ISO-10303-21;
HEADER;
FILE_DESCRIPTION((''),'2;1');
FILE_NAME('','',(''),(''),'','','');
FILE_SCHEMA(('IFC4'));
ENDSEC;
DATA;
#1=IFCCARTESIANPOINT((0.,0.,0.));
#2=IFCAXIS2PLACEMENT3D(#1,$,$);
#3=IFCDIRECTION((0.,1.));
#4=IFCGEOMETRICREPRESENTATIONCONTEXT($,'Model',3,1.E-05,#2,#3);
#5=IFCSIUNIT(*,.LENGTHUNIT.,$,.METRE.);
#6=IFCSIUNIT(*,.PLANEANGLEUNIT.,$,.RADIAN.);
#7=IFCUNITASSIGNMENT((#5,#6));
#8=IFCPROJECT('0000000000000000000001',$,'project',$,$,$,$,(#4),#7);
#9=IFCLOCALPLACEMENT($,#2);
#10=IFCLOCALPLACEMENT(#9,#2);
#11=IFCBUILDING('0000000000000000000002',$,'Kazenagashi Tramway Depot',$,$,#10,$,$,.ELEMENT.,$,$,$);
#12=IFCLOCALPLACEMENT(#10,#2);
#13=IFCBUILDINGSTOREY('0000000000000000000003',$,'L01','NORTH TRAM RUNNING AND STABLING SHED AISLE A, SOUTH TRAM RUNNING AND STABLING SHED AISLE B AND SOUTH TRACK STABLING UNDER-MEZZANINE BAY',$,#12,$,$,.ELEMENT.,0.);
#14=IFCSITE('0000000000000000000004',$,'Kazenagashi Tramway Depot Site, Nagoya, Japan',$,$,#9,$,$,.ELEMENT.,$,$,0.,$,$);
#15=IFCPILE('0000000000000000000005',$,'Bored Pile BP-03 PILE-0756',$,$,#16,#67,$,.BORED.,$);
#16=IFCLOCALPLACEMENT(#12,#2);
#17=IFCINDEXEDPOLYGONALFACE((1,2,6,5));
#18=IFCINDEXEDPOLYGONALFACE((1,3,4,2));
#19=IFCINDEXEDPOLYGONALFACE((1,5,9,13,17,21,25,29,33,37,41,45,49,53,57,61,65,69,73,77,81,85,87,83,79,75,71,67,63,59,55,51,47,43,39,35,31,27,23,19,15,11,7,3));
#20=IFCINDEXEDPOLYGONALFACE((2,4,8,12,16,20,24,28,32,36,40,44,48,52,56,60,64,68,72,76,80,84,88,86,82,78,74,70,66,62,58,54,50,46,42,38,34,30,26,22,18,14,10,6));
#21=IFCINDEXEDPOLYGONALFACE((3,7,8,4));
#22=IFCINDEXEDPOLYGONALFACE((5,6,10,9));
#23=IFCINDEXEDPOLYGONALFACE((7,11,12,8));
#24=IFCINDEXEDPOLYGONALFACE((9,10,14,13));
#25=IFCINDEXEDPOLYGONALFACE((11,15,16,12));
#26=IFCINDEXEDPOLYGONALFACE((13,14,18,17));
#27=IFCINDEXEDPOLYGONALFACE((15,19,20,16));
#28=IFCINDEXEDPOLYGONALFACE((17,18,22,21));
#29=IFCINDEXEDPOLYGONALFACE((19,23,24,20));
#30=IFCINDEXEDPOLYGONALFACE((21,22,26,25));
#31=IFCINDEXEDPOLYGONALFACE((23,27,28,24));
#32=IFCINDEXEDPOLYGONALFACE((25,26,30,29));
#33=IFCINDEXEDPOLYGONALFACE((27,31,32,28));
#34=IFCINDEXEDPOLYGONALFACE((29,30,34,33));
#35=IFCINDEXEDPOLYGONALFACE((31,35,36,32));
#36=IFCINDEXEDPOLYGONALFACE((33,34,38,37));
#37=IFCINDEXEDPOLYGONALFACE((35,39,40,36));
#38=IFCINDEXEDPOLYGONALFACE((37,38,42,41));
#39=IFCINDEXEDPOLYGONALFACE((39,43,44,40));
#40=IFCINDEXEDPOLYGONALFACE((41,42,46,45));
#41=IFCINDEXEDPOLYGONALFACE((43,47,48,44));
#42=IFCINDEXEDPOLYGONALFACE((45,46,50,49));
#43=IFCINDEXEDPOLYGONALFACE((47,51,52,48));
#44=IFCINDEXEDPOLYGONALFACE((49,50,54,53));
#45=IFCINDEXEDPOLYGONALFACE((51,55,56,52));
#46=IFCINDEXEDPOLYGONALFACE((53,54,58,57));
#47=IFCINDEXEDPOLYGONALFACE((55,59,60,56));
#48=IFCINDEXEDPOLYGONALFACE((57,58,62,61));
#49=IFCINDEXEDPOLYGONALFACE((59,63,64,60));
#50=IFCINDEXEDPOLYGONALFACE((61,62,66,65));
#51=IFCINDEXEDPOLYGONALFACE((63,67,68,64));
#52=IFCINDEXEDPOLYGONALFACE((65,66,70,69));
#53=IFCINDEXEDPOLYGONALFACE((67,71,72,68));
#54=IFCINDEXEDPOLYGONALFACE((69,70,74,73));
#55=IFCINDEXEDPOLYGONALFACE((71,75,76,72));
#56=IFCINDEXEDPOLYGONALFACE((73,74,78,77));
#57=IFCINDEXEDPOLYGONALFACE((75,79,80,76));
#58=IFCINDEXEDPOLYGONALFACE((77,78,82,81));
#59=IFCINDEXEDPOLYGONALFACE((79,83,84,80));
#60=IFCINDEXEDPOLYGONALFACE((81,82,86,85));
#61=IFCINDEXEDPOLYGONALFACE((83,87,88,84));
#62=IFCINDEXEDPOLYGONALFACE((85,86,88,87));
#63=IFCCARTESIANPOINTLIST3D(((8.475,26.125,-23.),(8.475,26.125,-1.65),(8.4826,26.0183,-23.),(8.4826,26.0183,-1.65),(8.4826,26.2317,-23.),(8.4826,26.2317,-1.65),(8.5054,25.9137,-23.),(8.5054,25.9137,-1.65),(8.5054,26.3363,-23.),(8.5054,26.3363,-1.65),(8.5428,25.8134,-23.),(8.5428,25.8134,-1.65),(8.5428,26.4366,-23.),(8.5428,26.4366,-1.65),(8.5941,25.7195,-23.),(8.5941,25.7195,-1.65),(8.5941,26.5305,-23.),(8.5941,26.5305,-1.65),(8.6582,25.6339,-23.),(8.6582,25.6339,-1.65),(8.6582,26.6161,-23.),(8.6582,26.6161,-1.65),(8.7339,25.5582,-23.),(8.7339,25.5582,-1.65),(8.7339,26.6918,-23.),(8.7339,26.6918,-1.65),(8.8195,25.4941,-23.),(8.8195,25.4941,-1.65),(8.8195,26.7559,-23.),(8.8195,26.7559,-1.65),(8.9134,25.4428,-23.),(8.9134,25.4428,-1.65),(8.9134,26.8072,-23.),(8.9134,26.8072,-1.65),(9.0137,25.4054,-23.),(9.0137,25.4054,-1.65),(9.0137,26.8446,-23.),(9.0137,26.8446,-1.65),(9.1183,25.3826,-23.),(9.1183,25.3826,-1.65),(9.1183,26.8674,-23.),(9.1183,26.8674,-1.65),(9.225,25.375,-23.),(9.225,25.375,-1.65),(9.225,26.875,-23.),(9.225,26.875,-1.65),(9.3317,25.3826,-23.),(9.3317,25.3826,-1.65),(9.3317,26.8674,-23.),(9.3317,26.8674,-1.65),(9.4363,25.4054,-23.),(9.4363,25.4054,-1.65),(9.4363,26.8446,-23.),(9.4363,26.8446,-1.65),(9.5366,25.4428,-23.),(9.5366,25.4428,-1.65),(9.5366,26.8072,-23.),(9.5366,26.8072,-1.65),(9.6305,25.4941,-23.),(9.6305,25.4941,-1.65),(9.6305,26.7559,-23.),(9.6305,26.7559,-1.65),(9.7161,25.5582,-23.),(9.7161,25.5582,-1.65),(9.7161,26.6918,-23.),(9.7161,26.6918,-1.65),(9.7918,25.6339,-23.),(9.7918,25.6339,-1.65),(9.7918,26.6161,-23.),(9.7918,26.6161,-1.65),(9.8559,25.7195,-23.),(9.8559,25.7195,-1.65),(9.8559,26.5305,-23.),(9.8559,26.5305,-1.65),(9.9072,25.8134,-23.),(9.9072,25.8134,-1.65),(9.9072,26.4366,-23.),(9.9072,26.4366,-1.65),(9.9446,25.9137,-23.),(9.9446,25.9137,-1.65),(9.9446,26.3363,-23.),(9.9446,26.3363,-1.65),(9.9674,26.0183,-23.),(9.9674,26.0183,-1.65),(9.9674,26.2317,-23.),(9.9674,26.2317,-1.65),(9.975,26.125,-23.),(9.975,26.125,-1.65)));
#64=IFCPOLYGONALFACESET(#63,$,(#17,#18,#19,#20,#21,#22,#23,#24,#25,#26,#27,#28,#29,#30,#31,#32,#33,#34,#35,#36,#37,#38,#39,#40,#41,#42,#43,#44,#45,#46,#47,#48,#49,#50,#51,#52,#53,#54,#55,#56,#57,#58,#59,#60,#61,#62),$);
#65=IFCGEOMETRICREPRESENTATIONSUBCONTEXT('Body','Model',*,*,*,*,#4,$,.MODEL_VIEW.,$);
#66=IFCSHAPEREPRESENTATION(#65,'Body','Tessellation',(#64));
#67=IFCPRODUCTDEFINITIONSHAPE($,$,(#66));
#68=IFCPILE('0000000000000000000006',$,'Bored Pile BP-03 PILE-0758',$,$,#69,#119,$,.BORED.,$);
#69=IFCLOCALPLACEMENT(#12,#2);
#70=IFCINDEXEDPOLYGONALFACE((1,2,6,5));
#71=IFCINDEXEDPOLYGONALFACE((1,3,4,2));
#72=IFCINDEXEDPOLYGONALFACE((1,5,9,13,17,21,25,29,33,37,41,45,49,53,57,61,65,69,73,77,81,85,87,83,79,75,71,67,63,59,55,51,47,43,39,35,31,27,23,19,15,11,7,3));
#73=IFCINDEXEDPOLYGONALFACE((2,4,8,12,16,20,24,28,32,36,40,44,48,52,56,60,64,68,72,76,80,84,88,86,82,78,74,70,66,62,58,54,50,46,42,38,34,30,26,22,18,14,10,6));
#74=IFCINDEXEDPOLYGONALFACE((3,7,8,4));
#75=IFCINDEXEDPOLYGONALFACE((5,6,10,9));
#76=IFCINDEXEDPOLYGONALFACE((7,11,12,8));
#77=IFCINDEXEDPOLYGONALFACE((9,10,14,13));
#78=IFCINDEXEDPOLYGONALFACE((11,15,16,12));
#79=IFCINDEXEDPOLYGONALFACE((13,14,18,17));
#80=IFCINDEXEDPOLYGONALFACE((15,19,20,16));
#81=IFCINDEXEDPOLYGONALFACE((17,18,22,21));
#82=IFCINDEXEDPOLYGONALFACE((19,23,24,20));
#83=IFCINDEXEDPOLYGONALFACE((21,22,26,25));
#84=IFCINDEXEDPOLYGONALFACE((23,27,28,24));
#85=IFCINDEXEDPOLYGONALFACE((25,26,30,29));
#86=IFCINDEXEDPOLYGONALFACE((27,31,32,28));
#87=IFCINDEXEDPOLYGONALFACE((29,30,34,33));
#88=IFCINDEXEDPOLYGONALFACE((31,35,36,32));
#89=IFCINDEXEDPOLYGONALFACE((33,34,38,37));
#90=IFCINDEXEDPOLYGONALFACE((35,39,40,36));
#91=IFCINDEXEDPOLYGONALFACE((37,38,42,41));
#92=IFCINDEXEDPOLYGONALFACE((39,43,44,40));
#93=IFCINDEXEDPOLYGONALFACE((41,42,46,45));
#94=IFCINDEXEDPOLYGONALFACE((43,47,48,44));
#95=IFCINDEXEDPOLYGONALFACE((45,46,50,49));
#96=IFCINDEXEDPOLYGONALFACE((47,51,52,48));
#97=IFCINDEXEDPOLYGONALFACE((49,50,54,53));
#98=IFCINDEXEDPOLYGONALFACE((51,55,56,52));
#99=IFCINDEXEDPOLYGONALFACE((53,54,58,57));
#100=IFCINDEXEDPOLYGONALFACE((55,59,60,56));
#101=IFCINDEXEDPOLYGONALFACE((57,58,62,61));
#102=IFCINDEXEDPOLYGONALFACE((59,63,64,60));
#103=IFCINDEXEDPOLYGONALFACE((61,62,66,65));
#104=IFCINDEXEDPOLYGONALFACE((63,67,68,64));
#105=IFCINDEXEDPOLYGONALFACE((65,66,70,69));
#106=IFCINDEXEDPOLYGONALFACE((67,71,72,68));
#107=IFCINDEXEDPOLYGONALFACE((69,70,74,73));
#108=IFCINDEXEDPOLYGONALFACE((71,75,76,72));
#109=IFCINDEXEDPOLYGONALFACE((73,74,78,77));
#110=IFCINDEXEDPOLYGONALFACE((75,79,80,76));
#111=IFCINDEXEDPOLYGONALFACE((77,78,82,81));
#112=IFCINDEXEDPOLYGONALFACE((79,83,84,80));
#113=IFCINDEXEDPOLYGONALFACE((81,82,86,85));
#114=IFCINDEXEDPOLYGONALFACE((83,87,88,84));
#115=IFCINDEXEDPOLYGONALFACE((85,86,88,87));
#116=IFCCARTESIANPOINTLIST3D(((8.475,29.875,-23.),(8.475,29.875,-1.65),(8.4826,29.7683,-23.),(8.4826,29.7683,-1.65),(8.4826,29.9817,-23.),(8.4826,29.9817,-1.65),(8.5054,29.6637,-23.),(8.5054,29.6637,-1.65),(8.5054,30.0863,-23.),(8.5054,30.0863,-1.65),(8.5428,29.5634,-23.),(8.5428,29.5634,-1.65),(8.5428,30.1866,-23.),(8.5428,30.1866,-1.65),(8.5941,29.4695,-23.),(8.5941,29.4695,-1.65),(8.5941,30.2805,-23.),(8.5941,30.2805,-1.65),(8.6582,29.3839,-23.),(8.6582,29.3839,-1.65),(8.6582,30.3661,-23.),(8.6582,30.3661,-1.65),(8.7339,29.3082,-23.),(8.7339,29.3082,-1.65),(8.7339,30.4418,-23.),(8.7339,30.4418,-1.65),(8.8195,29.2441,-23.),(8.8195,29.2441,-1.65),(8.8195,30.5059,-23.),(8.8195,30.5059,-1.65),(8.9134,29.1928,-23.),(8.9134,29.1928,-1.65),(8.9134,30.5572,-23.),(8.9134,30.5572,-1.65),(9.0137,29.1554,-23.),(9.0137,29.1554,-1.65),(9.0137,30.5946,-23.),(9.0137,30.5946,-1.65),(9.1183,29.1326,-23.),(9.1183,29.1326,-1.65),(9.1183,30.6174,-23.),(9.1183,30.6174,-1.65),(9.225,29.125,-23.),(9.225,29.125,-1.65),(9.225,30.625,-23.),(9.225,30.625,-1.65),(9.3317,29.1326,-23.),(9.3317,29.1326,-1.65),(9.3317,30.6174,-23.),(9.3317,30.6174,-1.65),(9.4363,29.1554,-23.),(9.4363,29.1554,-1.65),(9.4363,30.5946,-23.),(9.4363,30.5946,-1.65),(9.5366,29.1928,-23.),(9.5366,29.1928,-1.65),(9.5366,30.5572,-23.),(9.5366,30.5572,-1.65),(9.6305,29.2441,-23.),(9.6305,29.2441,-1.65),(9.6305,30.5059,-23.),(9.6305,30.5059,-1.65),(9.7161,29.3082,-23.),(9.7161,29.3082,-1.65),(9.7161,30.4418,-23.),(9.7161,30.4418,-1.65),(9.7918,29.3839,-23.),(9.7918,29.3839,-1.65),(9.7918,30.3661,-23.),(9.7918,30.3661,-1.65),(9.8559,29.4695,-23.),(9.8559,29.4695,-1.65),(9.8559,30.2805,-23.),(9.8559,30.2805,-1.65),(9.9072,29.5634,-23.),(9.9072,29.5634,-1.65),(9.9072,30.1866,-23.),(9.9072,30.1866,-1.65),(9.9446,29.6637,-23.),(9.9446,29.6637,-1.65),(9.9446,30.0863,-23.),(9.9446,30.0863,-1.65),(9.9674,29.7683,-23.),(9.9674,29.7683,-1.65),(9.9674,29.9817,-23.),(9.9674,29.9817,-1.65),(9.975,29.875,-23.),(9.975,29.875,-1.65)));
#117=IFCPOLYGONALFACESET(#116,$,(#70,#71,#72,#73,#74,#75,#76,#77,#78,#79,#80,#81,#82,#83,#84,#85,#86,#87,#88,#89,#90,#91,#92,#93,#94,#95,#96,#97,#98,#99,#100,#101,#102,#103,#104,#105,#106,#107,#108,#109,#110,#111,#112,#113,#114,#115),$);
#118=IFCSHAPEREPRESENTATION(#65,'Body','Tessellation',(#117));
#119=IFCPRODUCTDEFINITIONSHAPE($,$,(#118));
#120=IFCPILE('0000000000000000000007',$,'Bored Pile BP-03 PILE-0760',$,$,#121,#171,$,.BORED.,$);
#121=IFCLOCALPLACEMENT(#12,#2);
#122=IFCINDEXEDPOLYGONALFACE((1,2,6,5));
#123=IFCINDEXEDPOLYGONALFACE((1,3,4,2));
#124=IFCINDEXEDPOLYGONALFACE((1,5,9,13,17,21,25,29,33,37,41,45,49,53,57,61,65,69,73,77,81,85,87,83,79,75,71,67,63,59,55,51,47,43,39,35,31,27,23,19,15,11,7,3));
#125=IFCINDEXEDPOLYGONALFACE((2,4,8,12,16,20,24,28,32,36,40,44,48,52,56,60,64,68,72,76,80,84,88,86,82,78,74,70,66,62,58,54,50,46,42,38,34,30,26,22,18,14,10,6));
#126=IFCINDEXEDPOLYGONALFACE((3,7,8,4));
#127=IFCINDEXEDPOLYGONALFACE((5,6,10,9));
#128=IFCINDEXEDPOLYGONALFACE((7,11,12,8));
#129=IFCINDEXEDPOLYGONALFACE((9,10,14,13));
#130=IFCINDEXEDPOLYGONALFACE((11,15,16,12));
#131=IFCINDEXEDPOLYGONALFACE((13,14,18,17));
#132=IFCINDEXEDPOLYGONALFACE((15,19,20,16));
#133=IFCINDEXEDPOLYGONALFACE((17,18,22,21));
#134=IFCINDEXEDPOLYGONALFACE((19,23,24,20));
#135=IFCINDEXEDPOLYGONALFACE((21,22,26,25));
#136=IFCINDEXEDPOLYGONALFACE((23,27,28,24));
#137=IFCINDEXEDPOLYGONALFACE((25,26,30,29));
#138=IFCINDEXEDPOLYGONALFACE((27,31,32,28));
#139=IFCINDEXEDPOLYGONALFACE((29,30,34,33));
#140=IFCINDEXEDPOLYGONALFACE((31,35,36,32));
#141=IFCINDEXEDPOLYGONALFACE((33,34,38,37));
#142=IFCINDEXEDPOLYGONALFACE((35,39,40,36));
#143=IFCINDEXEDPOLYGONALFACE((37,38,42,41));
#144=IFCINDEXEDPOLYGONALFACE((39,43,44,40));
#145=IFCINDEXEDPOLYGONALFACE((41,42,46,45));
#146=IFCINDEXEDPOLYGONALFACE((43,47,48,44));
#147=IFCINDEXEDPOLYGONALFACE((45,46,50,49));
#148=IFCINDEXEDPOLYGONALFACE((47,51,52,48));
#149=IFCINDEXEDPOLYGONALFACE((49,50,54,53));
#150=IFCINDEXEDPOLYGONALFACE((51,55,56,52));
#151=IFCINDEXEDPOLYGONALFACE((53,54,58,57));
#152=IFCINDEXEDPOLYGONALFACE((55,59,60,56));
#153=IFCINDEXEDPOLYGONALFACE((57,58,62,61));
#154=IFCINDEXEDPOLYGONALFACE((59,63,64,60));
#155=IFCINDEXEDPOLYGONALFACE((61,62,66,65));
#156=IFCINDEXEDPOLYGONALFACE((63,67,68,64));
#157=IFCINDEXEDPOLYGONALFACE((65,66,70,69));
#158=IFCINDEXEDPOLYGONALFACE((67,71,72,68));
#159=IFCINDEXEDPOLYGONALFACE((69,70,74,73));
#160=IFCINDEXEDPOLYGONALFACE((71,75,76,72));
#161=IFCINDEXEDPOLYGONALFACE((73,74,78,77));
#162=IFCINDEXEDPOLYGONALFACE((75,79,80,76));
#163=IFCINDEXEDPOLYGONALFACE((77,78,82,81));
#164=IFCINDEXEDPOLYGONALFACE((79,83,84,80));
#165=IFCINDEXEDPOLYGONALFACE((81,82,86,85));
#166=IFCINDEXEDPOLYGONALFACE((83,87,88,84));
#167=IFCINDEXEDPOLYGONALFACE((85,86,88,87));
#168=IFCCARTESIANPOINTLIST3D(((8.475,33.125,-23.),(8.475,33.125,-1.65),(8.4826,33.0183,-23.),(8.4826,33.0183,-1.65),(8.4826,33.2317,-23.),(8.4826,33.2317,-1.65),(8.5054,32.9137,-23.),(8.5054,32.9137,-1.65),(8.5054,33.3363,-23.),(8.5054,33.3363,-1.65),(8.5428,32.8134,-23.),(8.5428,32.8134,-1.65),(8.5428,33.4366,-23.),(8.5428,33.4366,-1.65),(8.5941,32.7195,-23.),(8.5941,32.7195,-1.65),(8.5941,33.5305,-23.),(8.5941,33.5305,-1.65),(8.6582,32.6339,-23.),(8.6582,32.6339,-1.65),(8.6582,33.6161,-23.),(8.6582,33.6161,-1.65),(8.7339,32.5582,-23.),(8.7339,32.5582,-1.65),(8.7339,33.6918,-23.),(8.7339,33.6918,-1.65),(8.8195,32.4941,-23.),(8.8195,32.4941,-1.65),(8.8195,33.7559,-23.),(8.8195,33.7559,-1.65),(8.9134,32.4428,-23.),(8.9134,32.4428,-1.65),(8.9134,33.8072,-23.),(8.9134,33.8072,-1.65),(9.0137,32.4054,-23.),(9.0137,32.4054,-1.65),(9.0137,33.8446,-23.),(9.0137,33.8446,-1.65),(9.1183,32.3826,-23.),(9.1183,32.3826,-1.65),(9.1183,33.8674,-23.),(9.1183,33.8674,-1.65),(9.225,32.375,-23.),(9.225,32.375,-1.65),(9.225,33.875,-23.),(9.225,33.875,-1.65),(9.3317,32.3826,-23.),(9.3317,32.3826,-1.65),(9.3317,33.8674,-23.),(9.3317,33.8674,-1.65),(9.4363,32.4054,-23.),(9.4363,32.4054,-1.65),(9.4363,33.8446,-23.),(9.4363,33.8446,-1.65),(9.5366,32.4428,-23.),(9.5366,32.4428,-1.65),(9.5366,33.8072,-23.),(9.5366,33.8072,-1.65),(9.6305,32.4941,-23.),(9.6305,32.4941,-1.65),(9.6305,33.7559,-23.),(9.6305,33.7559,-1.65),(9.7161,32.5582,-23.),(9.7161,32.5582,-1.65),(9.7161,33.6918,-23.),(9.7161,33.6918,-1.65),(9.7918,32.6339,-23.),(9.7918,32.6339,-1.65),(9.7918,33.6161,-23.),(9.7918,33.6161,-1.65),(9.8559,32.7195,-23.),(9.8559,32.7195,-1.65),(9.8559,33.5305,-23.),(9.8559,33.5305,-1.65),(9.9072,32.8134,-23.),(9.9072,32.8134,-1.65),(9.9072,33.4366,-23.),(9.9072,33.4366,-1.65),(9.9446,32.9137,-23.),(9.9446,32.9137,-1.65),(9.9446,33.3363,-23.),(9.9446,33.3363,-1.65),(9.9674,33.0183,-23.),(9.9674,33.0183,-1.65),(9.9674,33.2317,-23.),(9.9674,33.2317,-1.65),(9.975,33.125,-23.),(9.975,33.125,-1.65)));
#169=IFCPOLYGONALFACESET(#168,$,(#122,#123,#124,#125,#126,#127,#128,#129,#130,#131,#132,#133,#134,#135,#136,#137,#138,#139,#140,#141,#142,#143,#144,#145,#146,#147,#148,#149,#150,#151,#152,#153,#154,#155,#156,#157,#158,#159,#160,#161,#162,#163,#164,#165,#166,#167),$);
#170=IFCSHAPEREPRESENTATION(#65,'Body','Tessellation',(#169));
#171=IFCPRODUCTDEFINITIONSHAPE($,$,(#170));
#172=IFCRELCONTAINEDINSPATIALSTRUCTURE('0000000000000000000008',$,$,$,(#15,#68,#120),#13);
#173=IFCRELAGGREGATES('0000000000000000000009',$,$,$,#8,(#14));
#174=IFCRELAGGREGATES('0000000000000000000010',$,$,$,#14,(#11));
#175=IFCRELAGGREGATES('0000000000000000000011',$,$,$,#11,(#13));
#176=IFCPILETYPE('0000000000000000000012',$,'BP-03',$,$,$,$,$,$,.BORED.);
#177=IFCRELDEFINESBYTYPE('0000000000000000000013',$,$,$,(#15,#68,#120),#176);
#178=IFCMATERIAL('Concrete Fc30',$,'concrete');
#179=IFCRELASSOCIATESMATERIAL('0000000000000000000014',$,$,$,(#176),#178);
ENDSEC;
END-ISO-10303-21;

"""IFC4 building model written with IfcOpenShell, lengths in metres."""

from ifc_helpers import new_model, si_unit, direction, frame, origin, origin_2d, place, context, subcontext, project, spatial, circle, extrude, material, material_profile, profile_set, type_object, element, save


model = new_model("IFC4")

# Units and contexts
model_context = context("Model", 3, precision=1e-05, world=origin(), true_north=direction((0.0, 1.0)))
body_context = subcontext(model_context, "Body", "Model", "MODEL_VIEW")
ifc_project = project(units=[si_unit("LENGTHUNIT", "METRE"), si_unit("PLANEANGLEUNIT", "RADIAN")], contexts=[model_context])

# Site, building, storey
site_placement = place(None, origin())
site = spatial("IfcSite", under=ifc_project, at=site_placement, Name="Kazenagashi Tramway Depot Site, Nagoya, Japan", CompositionType="ELEMENT", RefElevation=0.0)
building_placement = place(site_placement, origin())
building = spatial("IfcBuilding", under=site, at=building_placement, Name="Kazenagashi Tramway Depot", CompositionType="ELEMENT")
storey_placement = place(building_placement, origin())
storey = spatial("IfcBuildingStorey", under=building, at=storey_placement, Name="L01", Description="NORTH TRAM RUNNING AND STABLING SHED AISLE A, SOUTH TRAM RUNNING AND STABLING SHED AISLE B AND SOUTH TRACK STABLING UNDER-MEZZANINE BAY", CompositionType="ELEMENT", Elevation=0.0)

# Piles
ifc_material_1 = material(Name="Concrete Fc30", Category="concrete")
ifc_material_profile_1 = material_profile(ifc_material_1, circle(Radius=0.75, at=origin_2d()), Name="PILE-1500")
ifc_profile_set_1 = profile_set([ifc_material_profile_1], Name="Concrete Fc30")
pile_type = type_object("IfcPileType", Name="BP-03", PredefinedType="BORED", material=ifc_profile_set_1)
for number, where, z_axis, x_axis, name in (
    (1, (9.225, 26.125, -1.65), (0.0, 0.0, -1.0), (1.0, 0.0, 0.0), "Bored Pile BP-03 PILE-0756"),
    (2, (9.225, 29.875, -1.65), (0.0, 0.0, -1.0), (1.0, 0.0, 0.0), "Bored Pile BP-03 PILE-0758"),
    (3, (9.225, 33.125, -1.65), (0.0, 0.0, -1.0), (1.0, 0.0, 0.0), "Bored Pile BP-03 PILE-0760"),
):
    element("IfcPile", number, at=place(storey_placement, frame(where, z_axis=z_axis, x_axis=x_axis)), inside=storey, type_object=pile_type, Name=name, PredefinedType="BORED", context=body_context, shape_type="SweptSolid", body=[
        extrude(circle(Radius=0.75, at=origin_2d()), origin(), (0.0, 0.0, 1.0), 21.35),
    ])

save(model, "model.ifc")
